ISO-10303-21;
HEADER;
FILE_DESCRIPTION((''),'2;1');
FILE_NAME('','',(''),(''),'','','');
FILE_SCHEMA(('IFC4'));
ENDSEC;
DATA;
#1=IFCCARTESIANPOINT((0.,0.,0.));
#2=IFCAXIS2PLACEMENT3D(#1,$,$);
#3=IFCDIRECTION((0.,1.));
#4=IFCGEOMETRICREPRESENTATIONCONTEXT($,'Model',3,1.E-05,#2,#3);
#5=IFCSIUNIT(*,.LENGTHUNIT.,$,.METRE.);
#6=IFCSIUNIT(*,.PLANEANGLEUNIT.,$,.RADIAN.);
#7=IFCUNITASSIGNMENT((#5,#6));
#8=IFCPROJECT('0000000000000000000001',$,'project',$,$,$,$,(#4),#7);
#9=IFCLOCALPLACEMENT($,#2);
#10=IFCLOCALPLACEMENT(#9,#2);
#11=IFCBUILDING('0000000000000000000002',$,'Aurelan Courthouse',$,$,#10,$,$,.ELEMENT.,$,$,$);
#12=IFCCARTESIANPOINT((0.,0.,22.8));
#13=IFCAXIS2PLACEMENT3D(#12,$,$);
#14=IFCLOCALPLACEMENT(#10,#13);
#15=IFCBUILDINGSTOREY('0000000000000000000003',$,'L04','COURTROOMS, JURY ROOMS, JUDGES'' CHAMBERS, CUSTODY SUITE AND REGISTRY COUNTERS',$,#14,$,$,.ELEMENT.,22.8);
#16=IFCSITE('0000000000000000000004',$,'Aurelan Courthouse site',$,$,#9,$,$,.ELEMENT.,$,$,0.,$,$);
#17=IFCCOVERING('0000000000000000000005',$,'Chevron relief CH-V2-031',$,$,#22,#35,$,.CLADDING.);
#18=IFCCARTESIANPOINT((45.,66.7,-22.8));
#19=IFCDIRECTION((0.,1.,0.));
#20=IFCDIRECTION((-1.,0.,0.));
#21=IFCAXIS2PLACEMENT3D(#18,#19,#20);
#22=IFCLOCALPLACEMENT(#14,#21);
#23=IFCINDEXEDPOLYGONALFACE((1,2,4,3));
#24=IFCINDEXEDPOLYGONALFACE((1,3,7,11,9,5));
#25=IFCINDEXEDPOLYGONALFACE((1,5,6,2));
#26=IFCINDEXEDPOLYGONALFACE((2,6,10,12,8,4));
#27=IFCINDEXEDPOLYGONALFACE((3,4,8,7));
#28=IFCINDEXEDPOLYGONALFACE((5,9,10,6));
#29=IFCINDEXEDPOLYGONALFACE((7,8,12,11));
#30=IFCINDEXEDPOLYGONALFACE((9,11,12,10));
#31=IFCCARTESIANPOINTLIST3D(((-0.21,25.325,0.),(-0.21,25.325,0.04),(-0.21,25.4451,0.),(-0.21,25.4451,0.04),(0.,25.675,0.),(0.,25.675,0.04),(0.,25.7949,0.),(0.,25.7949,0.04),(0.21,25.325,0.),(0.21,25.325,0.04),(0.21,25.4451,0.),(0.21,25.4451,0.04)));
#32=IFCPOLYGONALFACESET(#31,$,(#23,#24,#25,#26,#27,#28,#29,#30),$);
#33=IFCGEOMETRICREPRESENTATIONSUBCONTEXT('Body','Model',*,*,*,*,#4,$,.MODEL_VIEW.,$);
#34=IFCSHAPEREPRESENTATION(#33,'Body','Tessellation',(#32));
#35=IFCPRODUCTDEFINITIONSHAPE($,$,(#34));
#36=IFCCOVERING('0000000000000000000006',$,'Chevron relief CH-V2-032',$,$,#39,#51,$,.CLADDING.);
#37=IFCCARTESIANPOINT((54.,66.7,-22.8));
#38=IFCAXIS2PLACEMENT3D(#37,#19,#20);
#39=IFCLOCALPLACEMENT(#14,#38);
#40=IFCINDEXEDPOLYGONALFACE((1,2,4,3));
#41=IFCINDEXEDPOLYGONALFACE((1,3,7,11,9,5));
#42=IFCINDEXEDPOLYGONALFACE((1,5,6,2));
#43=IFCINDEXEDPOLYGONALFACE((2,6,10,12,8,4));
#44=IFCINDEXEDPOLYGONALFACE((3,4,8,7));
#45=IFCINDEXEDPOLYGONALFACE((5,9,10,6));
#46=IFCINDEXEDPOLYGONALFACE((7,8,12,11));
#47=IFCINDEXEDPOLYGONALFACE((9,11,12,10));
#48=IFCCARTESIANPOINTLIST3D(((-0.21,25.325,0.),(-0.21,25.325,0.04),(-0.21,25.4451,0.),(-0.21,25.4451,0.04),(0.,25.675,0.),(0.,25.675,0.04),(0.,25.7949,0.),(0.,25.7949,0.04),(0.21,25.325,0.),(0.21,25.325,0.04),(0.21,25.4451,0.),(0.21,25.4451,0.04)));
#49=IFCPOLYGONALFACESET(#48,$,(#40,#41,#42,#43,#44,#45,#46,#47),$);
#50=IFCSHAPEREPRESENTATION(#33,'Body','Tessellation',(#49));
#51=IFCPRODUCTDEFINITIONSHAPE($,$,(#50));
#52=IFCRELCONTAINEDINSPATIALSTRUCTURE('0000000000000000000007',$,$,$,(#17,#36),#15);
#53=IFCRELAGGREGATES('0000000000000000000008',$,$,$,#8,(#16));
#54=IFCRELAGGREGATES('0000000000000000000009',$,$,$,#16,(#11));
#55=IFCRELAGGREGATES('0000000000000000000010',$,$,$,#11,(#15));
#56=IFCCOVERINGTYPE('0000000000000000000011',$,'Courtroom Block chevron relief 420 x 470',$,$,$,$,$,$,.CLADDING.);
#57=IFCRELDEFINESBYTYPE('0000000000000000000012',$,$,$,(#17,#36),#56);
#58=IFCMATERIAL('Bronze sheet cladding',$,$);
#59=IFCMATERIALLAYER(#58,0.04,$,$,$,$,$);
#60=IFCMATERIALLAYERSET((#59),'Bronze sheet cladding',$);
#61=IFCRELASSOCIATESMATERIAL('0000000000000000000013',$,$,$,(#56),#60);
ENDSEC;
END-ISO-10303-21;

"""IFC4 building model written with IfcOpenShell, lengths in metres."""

from ifc_helpers import new_model, si_unit, direction, frame, origin, place, context, subcontext, project, spatial, polyline, outline, extrude, material, layer, layer_set, type_object, element, save


model = new_model("IFC4")

# Units and contexts
model_context = context("Model", 3, precision=1e-05, world=origin(), true_north=direction((0.0, 1.0)))
body_context = subcontext(model_context, "Body", "Model", "MODEL_VIEW")
ifc_project = project(units=[si_unit("LENGTHUNIT", "METRE"), si_unit("PLANEANGLEUNIT", "RADIAN")], contexts=[model_context])

# Site, building, storey
site_placement = place(None, origin())
site = spatial("IfcSite", under=ifc_project, at=site_placement, Name="Aurelan Courthouse site", CompositionType="ELEMENT", RefElevation=0.0)
building_placement = place(site_placement, origin())
building = spatial("IfcBuilding", under=site, at=building_placement, Name="Aurelan Courthouse", CompositionType="ELEMENT")
storey_placement = place(building_placement, frame((0.0, 0.0, 22.8)))
storey = spatial("IfcBuildingStorey", under=building, at=storey_placement, Name="L04", Description="COURTROOMS, JURY ROOMS, JUDGES' CHAMBERS, CUSTODY SUITE AND REGISTRY COUNTERS", CompositionType="ELEMENT", Elevation=22.8)

# Coverings
ifc_material_1 = material(Name="Bronze sheet cladding")
ifc_layer_1 = layer(ifc_material_1, 0.04)
ifc_layer_set_1 = layer_set([ifc_layer_1], Name="Bronze sheet cladding")
covering_type = type_object("IfcCoveringType", Name="Courtroom Block chevron relief 420 x 470", PredefinedType="CLADDING", material=ifc_layer_set_1)
for number, where, z_axis, x_axis, name in (
    (1, (45.0, 66.7, -22.8), (0.0, 1.0, 0.0), (-1.0, 0.0, 0.0), "Chevron relief CH-V2-031"),
    (2, (54.0, 66.7, -22.8), (0.0, 1.0, 0.0), (-1.0, 0.0, 0.0), "Chevron relief CH-V2-032"),
):
    element("IfcCovering", number, at=place(storey_placement, frame(where, z_axis=z_axis, x_axis=x_axis)), inside=storey, type_object=covering_type, Name=name, PredefinedType="CLADDING", context=body_context, shape_type="SweptSolid", body=[
        extrude(outline(polyline([(-0.21, 25.325), (0.0, 25.675), (0.21, 25.325), (0.21, 25.4451), (0.0, 25.7949), (-0.21, 25.4451), (-0.21, 25.325)])), origin(), (0.0, 0.0, 1.0), 0.04),
    ])

save(model, "model.ifc")
